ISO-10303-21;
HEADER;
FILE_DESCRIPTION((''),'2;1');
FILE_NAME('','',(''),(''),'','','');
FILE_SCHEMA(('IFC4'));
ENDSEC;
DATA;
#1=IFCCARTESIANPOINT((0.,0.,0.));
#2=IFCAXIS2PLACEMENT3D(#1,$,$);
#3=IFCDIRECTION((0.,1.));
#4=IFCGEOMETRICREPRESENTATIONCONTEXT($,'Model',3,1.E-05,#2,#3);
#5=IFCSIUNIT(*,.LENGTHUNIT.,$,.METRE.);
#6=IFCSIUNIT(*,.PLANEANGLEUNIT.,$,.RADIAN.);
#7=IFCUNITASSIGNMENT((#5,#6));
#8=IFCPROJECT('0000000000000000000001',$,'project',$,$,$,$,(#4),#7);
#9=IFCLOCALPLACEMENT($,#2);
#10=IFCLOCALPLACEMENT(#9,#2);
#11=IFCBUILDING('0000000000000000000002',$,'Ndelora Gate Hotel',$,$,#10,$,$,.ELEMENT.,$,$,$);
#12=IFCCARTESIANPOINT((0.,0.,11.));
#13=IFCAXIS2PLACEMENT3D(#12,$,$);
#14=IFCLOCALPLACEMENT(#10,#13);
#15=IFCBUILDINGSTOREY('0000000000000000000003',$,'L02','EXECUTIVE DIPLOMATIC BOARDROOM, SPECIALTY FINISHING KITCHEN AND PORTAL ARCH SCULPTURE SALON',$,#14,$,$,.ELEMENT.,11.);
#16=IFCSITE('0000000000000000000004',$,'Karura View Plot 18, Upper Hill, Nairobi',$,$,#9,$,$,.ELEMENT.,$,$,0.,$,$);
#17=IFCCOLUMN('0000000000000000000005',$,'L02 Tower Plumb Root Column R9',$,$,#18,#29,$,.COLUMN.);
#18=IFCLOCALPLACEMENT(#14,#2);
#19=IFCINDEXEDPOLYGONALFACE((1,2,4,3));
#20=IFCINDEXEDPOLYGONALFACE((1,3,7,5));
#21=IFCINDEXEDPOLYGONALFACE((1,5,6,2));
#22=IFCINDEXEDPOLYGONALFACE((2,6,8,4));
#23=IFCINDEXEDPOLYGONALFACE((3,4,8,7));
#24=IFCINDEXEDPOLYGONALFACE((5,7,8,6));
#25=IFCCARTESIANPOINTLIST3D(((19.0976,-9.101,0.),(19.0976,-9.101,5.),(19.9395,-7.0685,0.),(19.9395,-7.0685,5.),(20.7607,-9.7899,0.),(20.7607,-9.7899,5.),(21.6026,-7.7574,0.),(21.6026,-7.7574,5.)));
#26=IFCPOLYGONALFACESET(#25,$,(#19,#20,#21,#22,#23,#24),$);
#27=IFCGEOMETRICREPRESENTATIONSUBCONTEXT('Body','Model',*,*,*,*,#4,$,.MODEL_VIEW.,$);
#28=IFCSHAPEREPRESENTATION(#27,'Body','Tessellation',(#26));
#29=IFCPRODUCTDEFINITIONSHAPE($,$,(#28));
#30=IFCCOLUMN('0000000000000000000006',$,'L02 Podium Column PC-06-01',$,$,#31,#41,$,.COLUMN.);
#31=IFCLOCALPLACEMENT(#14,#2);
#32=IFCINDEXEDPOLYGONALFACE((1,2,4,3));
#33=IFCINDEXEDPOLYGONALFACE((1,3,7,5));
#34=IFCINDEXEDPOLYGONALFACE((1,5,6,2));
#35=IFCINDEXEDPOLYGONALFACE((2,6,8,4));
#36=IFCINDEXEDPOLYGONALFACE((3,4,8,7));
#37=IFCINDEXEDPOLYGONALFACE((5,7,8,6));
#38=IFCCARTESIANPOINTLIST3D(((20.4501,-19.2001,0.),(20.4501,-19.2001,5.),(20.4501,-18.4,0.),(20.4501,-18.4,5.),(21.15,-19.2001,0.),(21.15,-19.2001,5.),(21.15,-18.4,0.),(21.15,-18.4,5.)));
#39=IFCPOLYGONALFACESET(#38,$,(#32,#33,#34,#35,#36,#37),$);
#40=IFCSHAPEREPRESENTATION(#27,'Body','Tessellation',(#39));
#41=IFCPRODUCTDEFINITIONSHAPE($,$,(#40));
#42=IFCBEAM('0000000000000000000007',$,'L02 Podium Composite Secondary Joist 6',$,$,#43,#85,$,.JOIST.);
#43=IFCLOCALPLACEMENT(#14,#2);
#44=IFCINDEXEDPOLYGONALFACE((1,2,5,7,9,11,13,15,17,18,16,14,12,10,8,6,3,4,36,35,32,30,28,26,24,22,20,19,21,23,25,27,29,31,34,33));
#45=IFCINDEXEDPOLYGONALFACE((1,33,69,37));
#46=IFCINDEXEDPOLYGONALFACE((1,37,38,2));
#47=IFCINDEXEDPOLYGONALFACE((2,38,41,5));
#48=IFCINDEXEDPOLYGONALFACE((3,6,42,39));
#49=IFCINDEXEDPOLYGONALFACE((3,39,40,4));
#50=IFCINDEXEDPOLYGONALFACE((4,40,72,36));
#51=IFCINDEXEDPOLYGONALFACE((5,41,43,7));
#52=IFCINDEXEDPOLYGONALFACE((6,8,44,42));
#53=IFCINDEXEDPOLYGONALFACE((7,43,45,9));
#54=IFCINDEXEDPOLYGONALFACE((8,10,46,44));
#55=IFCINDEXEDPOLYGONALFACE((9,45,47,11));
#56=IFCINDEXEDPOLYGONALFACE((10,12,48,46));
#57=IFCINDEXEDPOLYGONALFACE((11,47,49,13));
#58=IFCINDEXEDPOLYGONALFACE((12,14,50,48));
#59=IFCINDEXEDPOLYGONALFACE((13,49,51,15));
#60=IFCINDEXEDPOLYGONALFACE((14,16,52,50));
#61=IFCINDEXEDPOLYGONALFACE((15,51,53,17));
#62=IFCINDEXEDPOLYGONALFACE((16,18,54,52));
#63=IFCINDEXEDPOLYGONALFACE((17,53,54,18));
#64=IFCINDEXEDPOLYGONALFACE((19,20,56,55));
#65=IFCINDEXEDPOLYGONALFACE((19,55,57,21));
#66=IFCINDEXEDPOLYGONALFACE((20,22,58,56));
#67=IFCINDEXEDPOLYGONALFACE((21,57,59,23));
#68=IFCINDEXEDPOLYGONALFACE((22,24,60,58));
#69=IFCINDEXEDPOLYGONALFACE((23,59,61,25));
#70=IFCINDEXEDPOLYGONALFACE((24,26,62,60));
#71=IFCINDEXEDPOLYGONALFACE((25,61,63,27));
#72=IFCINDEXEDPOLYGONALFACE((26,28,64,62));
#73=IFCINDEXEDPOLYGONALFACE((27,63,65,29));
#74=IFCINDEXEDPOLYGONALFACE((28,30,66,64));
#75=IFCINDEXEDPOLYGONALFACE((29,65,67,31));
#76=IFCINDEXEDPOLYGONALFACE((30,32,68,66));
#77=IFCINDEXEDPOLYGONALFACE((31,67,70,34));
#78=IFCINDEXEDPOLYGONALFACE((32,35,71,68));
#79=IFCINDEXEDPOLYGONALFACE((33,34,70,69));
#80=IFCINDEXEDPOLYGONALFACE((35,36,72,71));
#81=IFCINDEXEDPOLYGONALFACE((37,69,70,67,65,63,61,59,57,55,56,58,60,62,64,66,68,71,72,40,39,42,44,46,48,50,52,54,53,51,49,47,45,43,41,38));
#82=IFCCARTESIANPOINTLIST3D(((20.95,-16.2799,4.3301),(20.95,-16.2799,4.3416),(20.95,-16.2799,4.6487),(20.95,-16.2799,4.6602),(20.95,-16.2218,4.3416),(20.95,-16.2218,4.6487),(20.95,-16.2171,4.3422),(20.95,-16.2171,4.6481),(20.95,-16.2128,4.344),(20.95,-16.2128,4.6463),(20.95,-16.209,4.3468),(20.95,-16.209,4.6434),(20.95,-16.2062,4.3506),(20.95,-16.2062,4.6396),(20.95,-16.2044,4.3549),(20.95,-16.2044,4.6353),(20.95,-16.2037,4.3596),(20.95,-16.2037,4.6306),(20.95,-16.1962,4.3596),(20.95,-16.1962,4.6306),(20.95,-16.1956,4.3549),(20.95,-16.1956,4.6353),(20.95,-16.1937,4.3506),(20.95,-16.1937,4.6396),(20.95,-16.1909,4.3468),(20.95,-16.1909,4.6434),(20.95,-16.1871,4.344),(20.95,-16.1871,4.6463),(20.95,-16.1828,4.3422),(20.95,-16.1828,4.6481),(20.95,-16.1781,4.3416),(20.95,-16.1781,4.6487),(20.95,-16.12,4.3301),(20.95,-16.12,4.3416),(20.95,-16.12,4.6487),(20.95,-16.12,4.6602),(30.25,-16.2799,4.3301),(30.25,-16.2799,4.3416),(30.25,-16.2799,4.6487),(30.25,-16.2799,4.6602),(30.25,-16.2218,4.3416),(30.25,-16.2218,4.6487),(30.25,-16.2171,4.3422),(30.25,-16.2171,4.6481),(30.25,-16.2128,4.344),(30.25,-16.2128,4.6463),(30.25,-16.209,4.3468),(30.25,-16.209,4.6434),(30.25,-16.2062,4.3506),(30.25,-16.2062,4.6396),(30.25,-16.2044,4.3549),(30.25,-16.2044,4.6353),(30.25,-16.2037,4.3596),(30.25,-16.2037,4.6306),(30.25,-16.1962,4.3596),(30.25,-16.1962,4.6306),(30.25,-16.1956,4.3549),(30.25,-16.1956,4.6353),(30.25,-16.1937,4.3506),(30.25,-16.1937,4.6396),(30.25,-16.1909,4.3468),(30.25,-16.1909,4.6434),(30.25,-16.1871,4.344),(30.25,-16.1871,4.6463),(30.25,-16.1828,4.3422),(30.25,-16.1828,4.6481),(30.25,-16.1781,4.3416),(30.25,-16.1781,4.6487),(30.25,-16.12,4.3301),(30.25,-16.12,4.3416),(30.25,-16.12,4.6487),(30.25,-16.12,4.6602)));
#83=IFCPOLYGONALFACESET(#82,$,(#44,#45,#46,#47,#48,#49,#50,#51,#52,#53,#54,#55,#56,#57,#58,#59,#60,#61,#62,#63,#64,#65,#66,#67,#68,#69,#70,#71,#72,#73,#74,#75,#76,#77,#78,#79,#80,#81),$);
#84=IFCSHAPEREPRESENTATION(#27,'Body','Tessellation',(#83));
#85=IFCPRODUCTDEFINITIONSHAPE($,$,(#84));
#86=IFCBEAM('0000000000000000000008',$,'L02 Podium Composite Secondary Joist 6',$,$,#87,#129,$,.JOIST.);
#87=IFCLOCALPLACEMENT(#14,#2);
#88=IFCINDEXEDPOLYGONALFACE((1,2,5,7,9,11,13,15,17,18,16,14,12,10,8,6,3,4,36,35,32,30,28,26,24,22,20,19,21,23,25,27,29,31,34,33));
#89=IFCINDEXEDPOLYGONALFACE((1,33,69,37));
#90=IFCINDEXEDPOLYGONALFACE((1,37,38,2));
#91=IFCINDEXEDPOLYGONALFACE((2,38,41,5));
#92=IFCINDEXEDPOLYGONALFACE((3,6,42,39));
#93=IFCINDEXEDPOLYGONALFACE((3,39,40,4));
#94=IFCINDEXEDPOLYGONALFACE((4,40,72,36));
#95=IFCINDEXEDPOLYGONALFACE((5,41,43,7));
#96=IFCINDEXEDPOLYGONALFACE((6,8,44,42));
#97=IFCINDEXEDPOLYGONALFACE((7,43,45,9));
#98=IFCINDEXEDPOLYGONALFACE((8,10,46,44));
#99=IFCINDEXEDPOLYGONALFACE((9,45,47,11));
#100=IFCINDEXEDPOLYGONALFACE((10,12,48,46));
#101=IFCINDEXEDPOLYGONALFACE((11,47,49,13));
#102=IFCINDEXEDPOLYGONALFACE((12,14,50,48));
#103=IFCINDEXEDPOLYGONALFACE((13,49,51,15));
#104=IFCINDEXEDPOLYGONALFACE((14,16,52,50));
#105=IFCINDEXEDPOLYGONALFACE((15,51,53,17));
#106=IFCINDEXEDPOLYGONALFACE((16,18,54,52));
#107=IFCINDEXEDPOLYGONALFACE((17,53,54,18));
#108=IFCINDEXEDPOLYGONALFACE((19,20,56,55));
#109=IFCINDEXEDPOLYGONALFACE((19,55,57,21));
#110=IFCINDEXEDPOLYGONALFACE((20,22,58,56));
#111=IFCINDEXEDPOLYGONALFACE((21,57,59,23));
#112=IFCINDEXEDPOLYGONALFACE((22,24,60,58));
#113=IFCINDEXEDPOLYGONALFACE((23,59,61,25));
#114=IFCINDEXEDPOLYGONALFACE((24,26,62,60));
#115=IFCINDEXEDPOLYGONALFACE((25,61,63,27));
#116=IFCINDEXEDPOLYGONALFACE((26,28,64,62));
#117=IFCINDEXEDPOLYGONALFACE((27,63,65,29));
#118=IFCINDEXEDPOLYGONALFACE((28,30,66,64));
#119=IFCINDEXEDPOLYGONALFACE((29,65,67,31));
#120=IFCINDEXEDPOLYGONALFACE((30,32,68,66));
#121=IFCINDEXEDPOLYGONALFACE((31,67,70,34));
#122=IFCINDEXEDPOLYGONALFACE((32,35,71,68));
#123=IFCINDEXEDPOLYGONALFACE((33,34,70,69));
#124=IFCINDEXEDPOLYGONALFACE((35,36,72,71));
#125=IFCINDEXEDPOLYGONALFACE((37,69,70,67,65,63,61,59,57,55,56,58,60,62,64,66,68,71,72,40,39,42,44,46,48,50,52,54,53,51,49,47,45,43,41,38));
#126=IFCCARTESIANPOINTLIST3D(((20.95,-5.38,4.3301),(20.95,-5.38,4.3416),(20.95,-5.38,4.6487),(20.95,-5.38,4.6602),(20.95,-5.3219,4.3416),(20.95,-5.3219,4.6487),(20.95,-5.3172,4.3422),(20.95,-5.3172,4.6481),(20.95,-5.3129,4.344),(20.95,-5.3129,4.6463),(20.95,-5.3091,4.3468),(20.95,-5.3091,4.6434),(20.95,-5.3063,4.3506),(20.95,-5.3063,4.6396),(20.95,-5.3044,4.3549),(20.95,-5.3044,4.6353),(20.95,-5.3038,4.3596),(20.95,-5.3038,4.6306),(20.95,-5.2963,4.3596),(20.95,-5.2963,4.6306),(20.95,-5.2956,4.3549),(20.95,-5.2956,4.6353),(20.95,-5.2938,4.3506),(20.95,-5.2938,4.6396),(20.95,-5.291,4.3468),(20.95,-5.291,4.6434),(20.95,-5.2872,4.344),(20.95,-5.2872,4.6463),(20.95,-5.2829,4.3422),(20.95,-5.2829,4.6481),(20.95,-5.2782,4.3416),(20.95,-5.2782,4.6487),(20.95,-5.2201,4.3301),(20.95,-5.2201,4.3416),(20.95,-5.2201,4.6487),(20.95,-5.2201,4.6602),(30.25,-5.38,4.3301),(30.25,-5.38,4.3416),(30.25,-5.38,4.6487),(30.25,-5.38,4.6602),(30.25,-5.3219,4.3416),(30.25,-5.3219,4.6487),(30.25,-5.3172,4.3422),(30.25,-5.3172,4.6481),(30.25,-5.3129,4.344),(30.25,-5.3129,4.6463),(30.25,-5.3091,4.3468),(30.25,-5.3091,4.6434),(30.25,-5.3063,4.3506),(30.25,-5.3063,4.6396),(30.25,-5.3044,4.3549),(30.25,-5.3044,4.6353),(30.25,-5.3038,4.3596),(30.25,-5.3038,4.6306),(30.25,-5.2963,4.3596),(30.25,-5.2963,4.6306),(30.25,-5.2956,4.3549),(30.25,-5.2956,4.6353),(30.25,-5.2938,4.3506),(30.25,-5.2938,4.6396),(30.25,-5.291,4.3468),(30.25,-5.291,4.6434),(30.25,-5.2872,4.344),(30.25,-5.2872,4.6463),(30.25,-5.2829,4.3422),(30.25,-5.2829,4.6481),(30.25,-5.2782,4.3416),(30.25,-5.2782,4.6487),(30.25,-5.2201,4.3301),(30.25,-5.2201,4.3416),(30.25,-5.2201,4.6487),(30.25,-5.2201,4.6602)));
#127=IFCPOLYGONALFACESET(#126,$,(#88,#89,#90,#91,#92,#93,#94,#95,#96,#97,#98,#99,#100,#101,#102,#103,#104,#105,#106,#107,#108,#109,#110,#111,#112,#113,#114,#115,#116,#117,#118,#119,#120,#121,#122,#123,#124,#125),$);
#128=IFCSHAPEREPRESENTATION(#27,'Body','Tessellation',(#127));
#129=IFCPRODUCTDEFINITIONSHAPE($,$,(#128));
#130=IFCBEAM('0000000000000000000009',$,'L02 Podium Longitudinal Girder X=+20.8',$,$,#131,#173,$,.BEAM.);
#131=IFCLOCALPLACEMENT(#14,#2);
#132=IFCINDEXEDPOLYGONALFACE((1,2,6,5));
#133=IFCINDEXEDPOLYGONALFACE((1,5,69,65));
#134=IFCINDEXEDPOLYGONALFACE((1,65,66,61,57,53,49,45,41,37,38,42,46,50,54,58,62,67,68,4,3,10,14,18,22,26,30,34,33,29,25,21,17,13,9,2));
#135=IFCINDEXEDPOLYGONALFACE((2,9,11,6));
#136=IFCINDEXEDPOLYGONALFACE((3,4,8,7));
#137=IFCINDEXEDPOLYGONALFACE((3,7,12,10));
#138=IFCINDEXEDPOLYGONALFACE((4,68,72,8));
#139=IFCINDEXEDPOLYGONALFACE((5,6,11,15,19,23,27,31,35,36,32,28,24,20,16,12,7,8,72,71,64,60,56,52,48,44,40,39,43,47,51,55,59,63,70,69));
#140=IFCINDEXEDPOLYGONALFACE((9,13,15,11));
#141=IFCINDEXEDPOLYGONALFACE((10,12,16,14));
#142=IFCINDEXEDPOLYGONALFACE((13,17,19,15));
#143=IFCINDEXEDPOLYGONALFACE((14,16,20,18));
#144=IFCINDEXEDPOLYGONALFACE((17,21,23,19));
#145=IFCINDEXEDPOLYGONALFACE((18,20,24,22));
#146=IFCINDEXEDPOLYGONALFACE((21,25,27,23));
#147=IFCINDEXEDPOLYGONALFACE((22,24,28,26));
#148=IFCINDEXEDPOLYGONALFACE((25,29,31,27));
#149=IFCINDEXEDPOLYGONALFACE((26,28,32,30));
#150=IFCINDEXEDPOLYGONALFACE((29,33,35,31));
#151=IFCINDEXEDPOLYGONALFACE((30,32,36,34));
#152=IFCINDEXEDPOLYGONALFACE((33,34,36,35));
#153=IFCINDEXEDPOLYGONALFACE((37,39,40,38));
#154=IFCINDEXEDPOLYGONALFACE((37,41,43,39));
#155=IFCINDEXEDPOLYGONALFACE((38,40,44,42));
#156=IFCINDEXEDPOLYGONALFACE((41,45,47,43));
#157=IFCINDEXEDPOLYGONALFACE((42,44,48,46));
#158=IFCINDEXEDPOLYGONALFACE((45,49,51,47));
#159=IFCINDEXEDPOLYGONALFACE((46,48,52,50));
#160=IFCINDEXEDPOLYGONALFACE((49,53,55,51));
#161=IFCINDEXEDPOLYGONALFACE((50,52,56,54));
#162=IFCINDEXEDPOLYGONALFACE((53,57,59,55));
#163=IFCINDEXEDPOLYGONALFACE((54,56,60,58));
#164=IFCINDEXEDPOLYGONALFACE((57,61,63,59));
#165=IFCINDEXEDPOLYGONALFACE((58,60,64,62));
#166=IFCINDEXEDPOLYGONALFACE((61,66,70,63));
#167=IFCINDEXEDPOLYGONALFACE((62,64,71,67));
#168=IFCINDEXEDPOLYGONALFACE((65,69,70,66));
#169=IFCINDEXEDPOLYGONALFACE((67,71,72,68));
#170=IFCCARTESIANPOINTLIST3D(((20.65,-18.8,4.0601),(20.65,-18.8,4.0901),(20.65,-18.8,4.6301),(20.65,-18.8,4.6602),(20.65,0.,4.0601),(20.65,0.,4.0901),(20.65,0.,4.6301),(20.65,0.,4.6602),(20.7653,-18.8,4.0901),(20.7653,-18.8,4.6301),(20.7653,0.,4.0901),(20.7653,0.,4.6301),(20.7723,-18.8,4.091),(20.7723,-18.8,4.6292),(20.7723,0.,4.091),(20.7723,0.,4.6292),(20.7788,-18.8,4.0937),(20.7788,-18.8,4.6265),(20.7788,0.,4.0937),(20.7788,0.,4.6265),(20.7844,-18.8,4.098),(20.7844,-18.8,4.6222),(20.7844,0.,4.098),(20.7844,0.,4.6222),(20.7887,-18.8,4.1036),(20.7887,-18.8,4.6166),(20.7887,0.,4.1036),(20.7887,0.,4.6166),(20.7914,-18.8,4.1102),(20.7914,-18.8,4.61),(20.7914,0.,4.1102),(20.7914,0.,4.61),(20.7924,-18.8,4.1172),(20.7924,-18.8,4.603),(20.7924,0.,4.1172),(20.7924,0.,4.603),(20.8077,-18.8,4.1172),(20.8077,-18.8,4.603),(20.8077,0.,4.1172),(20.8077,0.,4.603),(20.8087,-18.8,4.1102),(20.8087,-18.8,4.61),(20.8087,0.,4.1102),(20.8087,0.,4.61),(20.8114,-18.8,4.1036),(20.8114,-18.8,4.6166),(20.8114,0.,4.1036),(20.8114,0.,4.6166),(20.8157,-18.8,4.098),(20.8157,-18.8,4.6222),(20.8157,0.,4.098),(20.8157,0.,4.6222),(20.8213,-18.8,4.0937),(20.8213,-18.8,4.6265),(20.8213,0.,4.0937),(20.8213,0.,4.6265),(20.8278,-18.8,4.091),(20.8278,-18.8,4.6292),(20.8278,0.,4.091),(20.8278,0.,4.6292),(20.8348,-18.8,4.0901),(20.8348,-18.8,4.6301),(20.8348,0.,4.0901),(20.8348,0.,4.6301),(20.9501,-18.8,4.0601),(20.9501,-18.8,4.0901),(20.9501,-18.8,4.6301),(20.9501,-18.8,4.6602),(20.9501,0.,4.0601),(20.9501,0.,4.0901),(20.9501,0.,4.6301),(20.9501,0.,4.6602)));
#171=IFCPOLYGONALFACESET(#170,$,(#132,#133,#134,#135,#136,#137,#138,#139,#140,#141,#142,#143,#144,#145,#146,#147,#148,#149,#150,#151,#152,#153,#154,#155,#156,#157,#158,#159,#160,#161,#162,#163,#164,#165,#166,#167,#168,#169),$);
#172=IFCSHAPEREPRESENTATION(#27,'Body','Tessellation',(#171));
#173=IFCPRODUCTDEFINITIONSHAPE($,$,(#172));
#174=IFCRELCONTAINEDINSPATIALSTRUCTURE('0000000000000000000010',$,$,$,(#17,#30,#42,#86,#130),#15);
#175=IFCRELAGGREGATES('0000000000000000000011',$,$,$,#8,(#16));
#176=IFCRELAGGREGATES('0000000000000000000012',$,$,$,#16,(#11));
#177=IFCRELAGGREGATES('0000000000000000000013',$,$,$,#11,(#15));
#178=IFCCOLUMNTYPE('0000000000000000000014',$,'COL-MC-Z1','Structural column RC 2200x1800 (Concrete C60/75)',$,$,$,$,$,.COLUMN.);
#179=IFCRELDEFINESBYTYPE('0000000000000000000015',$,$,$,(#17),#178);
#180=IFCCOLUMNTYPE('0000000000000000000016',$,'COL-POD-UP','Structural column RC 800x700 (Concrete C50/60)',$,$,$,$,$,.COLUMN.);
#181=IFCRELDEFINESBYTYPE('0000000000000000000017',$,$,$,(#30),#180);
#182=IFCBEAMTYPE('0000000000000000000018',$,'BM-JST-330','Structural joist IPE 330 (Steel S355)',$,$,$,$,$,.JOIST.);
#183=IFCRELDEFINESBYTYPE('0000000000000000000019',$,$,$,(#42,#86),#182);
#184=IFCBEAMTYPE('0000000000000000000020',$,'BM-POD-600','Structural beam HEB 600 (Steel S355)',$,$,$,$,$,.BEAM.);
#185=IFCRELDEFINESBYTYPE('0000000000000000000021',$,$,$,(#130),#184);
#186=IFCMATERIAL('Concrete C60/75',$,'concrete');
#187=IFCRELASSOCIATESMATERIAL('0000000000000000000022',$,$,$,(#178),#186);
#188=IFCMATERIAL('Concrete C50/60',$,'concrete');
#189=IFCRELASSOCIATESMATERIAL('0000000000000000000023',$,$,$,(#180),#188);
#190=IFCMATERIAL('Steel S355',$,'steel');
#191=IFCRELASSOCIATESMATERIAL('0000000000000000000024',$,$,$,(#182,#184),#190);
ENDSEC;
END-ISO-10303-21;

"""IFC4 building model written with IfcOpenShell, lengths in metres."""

from ifc_helpers import new_model, si_unit, direction, frame, origin, origin_2d, place, context, subcontext, project, spatial, rectangle, i_section, extrude, material, material_profile, profile_set, type_object, element, save


model = new_model("IFC4")

# Units and contexts
model_context = context("Model", 3, precision=1e-05, world=origin(), true_north=direction((0.0, 1.0)))
body_context = subcontext(model_context, "Body", "Model", "MODEL_VIEW")
ifc_project = project(units=[si_unit("LENGTHUNIT", "METRE"), si_unit("PLANEANGLEUNIT", "RADIAN")], contexts=[model_context])

# Site, building, storey
site_placement = place(None, origin())
site = spatial("IfcSite", under=ifc_project, at=site_placement, Name="Karura View Plot 18, Upper Hill, Nairobi", CompositionType="ELEMENT", RefElevation=0.0)
building_placement = place(site_placement, origin())
building = spatial("IfcBuilding", under=site, at=building_placement, Name="Ndelora Gate Hotel", CompositionType="ELEMENT")
storey_placement = place(building_placement, frame((0.0, 0.0, 11.0)))
storey = spatial("IfcBuildingStorey", under=building, at=storey_placement, Name="L02", Description="EXECUTIVE DIPLOMATIC BOARDROOM, SPECIALTY FINISHING KITCHEN AND PORTAL ARCH SCULPTURE SALON", CompositionType="ELEMENT", Elevation=11.0)

# Columns
ifc_material_1 = material(Name="Concrete C60/75", Category="concrete")
ifc_material_profile_1 = material_profile(ifc_material_1, rectangle(XDim=1.8, YDim=2.2, at=origin_2d()), Name="RC 2200x1800")
ifc_profile_set_1 = profile_set([ifc_material_profile_1], Name="Concrete C60/75")
column_type_1 = type_object("IfcColumnType", Name="COL-MC-Z1", Description="Structural column RC 2200x1800 (Concrete C60/75)", PredefinedType="COLUMN", material=ifc_profile_set_1)
column_1_placement = place(storey_placement, frame((20.3501, -8.4292, 0.0), z_axis=(0.0, 0.0, 1.0), x_axis=(-0.92388, 0.382683, 0.0)))
element("IfcColumn", 1, at=column_1_placement, inside=storey, type_object=column_type_1, Name="L02 Tower Plumb Root Column R9", PredefinedType="COLUMN", context=body_context, shape_type="SweptSolid", body=[
    extrude(rectangle(XDim=1.8, YDim=2.2, at=origin_2d()), origin(), (0.0, 0.0, 1.0), 5.0),
])
ifc_material_2 = material(Name="Concrete C50/60", Category="concrete")
ifc_material_profile_2 = material_profile(ifc_material_2, rectangle(XDim=0.7, YDim=0.8, at=origin_2d()), Name="RC 800x700")
ifc_profile_set_2 = profile_set([ifc_material_profile_2], Name="Concrete C50/60")
column_type_2 = type_object("IfcColumnType", Name="COL-POD-UP", Description="Structural column RC 800x700 (Concrete C50/60)", PredefinedType="COLUMN", material=ifc_profile_set_2)
column_2_placement = place(storey_placement, frame((20.8, -18.8, 0.0), z_axis=(0.0, 0.0, 1.0), x_axis=(1.0, 0.0, 0.0)))
element("IfcColumn", 2, at=column_2_placement, inside=storey, type_object=column_type_2, Name="L02 Podium Column PC-06-01", PredefinedType="COLUMN", context=body_context, shape_type="SweptSolid", body=[
    extrude(rectangle(XDim=0.7, YDim=0.8, at=origin_2d()), origin(), (0.0, 0.0, 1.0), 5.0),
])

# Beams
ifc_material_3 = material(Name="Steel S355", Category="steel")
ifc_material_profile_3 = material_profile(ifc_material_3, i_section(OverallWidth=0.1599, OverallDepth=0.3301, WebThickness=0.0076, FlangeThickness=0.0115, FilletRadius=0.0181, at=origin_2d()), Name="IPE 330")
ifc_profile_set_3 = profile_set([ifc_material_profile_3], Name="Steel S355")
beam_type_1 = type_object("IfcBeamType", Name="BM-JST-330", Description="Structural joist IPE 330 (Steel S355)", PredefinedType="JOIST", material=ifc_profile_set_3)
for number, where, z_axis, x_axis, name in (
    (3, (20.95, -16.2, 4.4951), (1.0, 0.0, 0.0), (0.0, 1.0, 0.0), "L02 Podium Composite Secondary Joist 6"),
    (4, (20.95, -5.3, 4.4951), (1.0, 0.0, 0.0), (0.0, 1.0, 0.0), "L02 Podium Composite Secondary Joist 6"),
):
    element("IfcBeam", number, at=place(storey_placement, frame(where, z_axis=z_axis, x_axis=x_axis)), inside=storey, type_object=beam_type_1, Name=name, PredefinedType="JOIST", context=body_context, shape_type="SweptSolid", body=[
        extrude(i_section(OverallWidth=0.1599, OverallDepth=0.3301, WebThickness=0.0076, FlangeThickness=0.0115, FilletRadius=0.0181, at=origin_2d()), origin(), (0.0, 0.0, 1.0), 9.3),
    ])
ifc_material_profile_4 = material_profile(ifc_material_3, i_section(OverallWidth=0.3, OverallDepth=0.6001, WebThickness=0.0154, FlangeThickness=0.03, FilletRadius=0.0271, at=origin_2d()), Name="HEB 600")
ifc_profile_set_4 = profile_set([ifc_material_profile_4], Name="Steel S355")
beam_type_2 = type_object("IfcBeamType", Name="BM-POD-600", Description="Structural beam HEB 600 (Steel S355)", PredefinedType="BEAM", material=ifc_profile_set_4)
beam_1_placement = place(storey_placement, frame((20.8, -18.8, 4.3601), z_axis=(0.0, 1.0, 0.0), x_axis=(-1.0, 0.0, 0.0)))
element("IfcBeam", 5, at=beam_1_placement, inside=storey, type_object=beam_type_2, Name="L02 Podium Longitudinal Girder X=+20.8", PredefinedType="BEAM", context=body_context, shape_type="SweptSolid", body=[
    extrude(i_section(OverallWidth=0.3, OverallDepth=0.6001, WebThickness=0.0154, FlangeThickness=0.03, FilletRadius=0.0271, at=origin_2d()), origin(), (0.0, 0.0, 1.0), 18.8),
])

save(model, "model.ifc")
